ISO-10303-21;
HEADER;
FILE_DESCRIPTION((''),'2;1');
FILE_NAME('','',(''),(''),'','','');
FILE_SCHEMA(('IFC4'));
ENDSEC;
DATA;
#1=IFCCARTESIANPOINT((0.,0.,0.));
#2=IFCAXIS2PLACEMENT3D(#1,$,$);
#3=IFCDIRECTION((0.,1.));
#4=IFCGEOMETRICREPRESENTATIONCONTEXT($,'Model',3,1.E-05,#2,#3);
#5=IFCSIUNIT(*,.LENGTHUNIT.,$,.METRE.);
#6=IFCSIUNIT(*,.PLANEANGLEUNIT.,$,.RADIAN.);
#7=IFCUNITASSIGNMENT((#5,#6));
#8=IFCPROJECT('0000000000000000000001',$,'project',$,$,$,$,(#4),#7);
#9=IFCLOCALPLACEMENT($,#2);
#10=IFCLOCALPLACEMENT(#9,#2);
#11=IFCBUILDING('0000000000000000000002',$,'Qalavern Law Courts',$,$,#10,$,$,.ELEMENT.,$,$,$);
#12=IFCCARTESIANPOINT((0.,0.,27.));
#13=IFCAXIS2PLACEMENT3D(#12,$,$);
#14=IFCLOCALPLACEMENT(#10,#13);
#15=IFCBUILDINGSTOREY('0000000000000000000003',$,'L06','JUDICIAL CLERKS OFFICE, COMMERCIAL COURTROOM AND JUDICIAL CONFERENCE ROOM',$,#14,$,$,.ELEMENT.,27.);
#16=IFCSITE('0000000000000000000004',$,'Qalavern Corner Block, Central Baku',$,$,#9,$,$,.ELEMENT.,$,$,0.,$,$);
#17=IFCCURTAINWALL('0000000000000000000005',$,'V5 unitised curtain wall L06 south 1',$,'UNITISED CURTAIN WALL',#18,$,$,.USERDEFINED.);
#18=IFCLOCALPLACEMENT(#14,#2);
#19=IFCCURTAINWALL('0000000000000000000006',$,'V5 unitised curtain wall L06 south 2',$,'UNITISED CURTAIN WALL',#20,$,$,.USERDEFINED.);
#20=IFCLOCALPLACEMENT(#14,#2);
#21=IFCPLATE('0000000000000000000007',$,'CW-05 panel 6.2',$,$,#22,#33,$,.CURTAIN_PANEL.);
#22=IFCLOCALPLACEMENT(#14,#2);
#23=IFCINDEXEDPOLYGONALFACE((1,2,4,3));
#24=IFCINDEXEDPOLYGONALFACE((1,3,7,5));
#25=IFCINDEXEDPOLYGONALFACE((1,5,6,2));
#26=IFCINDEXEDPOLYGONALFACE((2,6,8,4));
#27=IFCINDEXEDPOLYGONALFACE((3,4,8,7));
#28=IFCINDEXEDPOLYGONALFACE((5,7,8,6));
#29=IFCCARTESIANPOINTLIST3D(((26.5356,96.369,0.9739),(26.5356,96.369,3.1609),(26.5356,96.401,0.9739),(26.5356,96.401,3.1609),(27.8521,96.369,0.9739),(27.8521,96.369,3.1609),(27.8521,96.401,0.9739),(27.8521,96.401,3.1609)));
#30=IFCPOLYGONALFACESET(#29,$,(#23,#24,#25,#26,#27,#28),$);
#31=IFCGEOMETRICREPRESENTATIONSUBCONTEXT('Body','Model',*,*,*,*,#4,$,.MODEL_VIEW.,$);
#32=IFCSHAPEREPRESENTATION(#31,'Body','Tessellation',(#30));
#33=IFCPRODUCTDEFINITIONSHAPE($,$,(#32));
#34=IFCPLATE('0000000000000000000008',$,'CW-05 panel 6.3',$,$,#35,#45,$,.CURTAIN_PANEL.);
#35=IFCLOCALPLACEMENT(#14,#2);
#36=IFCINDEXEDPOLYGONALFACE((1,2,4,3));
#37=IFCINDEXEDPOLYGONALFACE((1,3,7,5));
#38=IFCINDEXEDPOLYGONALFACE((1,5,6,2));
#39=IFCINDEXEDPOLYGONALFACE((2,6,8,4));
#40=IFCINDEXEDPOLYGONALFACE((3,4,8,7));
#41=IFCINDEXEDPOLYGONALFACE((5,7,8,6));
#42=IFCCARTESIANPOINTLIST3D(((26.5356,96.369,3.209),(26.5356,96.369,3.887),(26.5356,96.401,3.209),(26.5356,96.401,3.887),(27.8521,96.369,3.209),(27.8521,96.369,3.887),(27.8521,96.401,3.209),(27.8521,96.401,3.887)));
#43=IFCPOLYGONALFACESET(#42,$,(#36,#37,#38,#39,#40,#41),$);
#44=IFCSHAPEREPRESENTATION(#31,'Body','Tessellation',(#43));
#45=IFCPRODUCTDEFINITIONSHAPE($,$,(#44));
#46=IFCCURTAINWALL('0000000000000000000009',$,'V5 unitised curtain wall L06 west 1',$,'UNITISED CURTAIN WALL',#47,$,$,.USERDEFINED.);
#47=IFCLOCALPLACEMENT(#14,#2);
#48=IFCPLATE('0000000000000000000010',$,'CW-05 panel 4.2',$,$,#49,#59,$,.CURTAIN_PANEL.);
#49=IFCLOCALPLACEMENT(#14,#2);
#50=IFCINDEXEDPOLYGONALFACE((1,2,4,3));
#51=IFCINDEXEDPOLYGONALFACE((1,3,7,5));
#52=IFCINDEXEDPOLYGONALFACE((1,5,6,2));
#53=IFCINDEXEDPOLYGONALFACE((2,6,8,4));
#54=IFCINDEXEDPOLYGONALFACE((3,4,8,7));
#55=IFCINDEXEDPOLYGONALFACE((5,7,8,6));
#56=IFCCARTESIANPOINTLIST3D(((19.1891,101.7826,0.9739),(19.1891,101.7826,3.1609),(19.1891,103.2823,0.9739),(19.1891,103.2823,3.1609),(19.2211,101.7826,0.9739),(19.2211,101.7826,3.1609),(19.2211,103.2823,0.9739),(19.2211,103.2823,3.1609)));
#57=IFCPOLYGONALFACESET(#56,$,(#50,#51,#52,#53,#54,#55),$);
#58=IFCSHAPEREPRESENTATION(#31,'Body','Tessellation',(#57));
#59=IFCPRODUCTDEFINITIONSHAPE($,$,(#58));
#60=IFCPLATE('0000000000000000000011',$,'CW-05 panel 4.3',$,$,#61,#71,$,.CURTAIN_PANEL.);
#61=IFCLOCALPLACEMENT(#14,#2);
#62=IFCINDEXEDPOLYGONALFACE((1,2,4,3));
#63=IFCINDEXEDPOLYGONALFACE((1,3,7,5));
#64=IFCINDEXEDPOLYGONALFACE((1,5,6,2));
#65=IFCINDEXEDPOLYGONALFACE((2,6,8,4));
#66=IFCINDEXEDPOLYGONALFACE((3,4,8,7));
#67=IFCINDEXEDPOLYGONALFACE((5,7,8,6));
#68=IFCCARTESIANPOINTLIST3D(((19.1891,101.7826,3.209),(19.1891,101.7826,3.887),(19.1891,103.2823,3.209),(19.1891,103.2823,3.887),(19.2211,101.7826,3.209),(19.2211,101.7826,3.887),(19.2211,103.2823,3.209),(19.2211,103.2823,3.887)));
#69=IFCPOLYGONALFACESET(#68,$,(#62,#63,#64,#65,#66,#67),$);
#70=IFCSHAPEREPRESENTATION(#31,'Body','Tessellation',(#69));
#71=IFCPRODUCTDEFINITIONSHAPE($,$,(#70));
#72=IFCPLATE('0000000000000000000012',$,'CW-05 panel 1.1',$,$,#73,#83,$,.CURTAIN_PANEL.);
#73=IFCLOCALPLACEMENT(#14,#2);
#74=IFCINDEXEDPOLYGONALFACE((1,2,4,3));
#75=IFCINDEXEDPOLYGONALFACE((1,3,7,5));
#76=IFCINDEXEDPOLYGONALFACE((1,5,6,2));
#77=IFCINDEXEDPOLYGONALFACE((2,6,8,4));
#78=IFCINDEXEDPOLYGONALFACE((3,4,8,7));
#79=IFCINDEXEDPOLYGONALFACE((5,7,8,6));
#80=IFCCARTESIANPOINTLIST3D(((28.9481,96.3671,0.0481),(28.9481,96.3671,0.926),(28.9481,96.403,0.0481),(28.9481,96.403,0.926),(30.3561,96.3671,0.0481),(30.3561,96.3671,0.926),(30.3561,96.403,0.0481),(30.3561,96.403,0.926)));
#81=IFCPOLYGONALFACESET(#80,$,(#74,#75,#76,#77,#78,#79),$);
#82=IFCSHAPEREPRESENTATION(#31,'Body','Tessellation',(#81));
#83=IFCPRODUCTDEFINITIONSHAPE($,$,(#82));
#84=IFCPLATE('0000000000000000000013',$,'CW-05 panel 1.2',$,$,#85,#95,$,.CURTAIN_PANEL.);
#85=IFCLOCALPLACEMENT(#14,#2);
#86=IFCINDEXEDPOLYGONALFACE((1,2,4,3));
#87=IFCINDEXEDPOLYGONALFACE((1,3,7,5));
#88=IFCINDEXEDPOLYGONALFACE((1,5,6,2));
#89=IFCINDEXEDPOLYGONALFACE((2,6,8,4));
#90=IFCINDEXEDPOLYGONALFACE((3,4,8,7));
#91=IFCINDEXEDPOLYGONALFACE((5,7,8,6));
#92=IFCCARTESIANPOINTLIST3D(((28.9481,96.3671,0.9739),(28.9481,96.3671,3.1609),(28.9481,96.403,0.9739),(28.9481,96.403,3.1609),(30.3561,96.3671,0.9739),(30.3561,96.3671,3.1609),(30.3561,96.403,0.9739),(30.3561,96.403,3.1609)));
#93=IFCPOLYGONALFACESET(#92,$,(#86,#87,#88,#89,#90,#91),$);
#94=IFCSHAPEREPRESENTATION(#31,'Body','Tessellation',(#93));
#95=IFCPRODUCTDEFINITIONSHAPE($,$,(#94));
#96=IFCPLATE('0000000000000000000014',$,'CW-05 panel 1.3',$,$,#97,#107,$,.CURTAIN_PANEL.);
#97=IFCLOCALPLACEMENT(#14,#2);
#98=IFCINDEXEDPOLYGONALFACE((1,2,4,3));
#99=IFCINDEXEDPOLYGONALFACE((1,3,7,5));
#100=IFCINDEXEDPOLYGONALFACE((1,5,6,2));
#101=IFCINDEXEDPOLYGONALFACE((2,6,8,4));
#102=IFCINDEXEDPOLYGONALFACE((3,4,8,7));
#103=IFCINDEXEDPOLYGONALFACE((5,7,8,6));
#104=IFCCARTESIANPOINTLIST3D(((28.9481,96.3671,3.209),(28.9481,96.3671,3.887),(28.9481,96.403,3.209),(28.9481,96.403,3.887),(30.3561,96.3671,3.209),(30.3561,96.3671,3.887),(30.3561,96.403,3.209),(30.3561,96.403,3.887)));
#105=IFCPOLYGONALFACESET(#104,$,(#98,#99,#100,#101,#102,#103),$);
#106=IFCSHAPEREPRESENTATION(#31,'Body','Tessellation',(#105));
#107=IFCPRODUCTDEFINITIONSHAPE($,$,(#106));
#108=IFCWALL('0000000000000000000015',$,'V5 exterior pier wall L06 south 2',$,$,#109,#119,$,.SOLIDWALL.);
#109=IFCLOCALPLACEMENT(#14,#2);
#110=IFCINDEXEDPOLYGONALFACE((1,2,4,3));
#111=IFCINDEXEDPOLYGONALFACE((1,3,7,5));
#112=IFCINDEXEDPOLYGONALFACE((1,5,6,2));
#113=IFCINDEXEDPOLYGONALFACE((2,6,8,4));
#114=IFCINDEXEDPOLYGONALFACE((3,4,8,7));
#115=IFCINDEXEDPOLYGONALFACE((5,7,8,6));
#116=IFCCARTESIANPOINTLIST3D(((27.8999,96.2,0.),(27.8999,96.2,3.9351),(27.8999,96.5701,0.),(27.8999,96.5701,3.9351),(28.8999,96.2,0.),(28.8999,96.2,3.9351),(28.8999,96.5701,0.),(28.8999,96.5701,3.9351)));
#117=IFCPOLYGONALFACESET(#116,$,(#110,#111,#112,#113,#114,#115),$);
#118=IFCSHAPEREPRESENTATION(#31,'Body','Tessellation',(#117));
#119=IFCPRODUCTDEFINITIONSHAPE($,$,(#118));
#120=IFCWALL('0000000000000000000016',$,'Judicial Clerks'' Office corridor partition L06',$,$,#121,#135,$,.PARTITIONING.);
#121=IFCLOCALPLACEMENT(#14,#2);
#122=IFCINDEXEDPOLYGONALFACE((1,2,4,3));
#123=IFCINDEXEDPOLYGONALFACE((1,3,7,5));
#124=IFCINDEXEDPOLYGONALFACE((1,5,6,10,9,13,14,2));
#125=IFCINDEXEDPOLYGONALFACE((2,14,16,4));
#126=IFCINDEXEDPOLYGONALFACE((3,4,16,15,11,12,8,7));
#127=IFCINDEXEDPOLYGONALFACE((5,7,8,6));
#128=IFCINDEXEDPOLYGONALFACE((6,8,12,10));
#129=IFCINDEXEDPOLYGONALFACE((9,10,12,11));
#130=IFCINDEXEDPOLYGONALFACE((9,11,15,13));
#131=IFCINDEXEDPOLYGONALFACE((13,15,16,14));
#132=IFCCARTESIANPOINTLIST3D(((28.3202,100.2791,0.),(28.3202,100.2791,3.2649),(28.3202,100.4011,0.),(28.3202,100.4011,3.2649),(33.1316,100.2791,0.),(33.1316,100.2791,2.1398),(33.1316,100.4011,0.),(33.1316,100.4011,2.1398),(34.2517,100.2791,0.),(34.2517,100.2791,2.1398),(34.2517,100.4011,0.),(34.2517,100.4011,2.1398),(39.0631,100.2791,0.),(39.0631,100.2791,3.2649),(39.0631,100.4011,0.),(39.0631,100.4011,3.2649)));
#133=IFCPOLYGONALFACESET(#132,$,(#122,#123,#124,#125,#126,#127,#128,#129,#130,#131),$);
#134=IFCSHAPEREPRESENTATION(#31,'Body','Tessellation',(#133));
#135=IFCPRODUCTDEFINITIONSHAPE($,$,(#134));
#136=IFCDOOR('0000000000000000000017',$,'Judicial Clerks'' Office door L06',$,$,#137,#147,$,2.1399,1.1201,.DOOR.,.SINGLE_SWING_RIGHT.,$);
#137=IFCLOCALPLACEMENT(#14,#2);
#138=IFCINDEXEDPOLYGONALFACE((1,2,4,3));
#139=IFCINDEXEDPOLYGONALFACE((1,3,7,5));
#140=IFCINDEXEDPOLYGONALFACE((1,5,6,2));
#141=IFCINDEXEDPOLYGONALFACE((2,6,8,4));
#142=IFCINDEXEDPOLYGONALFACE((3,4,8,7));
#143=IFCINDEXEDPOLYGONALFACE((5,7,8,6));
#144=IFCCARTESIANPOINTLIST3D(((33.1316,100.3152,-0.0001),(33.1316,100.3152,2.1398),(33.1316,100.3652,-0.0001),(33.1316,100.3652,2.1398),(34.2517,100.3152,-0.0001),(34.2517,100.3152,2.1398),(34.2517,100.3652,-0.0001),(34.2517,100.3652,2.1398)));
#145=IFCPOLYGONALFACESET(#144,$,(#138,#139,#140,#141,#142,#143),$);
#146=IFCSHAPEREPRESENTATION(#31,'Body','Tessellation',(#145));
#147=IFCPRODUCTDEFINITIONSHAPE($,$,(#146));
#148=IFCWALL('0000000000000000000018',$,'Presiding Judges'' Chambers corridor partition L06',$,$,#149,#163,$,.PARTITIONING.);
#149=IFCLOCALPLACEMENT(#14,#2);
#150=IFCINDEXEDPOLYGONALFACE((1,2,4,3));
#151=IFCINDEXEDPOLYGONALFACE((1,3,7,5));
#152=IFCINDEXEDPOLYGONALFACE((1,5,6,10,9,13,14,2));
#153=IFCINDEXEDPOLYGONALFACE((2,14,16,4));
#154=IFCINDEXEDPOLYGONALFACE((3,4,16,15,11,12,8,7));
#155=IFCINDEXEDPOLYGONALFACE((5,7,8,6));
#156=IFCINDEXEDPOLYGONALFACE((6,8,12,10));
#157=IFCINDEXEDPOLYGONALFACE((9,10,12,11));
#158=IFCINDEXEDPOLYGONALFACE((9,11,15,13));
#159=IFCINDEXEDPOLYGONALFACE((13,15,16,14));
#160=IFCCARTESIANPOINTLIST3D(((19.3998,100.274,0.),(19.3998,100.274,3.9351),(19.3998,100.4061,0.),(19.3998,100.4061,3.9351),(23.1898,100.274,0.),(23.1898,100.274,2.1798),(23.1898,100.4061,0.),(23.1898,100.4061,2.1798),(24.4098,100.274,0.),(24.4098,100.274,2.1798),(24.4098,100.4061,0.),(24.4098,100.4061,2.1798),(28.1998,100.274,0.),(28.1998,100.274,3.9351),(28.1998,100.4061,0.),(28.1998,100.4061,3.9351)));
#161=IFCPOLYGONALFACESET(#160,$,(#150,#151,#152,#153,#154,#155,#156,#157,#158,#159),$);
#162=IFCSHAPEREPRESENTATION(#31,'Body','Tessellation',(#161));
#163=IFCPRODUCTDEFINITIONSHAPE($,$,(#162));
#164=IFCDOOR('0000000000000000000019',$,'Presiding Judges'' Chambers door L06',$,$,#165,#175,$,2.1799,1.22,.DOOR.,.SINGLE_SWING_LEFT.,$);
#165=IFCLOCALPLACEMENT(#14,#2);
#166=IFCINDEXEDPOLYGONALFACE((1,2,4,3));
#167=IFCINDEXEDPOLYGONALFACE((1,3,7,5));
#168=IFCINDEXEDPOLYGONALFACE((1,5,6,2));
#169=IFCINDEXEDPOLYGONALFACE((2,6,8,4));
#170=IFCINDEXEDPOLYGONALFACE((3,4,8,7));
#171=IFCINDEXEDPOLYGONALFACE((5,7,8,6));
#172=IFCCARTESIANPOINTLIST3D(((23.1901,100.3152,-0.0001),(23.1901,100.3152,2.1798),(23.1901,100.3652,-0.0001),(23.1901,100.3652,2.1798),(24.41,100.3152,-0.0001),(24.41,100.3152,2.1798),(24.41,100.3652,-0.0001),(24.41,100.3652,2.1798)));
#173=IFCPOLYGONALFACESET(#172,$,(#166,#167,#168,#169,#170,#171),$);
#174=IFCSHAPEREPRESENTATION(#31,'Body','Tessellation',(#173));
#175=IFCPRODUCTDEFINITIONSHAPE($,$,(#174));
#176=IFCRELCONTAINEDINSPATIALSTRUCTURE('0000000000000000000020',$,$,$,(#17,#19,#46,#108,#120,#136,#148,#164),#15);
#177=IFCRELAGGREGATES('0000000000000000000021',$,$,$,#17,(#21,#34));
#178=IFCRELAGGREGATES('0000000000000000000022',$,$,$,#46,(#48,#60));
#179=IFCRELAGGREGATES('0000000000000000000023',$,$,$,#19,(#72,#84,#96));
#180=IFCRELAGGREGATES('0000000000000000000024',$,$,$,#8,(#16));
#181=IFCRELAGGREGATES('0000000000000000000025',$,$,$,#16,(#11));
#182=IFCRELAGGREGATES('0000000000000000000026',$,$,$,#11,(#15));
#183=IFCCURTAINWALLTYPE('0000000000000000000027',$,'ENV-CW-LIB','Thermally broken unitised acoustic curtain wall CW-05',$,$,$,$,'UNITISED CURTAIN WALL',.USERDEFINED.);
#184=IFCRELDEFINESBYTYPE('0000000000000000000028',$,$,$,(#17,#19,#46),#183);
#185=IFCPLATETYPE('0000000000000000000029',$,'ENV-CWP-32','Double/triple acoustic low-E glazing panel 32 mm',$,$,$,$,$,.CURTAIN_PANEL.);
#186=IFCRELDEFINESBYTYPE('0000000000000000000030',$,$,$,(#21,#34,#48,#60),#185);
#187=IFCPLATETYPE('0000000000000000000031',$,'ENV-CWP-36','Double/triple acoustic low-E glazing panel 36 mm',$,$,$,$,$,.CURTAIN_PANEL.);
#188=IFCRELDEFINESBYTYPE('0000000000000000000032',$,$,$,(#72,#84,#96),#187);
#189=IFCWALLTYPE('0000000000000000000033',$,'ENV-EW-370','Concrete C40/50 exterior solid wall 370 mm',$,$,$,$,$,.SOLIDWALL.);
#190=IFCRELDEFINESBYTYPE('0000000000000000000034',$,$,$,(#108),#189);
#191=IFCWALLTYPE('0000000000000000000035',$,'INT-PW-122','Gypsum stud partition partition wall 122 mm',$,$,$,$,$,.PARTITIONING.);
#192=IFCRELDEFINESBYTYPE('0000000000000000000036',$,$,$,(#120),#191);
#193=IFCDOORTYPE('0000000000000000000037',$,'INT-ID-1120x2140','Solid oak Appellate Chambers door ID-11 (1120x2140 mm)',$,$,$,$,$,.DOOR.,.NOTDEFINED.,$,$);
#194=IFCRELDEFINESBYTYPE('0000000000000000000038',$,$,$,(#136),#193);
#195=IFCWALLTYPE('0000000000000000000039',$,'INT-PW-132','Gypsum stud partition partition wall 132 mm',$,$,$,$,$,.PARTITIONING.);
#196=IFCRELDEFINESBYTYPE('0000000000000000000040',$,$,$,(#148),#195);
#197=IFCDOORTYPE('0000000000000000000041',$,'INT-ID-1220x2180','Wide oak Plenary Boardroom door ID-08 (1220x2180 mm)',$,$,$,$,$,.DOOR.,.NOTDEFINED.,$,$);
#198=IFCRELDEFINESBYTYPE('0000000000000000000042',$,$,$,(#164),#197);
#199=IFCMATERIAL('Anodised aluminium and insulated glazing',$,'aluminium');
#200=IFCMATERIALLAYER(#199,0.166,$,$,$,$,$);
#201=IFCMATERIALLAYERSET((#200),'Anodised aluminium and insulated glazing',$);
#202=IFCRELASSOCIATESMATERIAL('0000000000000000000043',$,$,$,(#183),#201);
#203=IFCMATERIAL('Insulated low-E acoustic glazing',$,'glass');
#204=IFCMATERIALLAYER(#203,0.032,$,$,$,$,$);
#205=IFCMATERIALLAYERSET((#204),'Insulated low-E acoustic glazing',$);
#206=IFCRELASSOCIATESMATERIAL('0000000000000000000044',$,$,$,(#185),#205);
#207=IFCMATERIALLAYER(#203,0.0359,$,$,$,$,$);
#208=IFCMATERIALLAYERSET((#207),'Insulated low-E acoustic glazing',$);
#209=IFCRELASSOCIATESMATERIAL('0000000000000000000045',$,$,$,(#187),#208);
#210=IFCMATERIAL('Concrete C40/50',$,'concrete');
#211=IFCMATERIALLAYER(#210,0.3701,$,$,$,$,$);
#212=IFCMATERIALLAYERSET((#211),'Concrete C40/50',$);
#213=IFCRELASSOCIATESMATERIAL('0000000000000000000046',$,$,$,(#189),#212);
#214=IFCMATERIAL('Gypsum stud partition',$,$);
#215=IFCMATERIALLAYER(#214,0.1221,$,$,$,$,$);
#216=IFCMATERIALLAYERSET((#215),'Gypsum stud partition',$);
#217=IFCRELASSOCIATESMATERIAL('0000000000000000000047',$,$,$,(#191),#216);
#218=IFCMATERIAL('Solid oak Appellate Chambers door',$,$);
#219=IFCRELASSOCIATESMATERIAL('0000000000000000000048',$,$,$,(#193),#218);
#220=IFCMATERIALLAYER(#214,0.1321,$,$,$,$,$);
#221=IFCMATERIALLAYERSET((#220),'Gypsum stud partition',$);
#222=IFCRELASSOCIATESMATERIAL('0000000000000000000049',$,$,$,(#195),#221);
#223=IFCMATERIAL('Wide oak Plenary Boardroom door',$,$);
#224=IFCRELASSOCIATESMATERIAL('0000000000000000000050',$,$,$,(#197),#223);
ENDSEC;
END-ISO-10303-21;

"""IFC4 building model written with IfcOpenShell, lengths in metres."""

from ifc_helpers import new_model, si_unit, direction, frame, frame_2d, origin, origin_2d, place, context, subcontext, project, spatial, rectangle, extrude, material, layer, layer_set, type_object, element, fill, aggregate, save


model = new_model("IFC4")

# Units and contexts
model_context = context("Model", 3, precision=1e-05, world=origin(), true_north=direction((0.0, 1.0)))
body_context = subcontext(model_context, "Body", "Model", "MODEL_VIEW")
ifc_project = project(units=[si_unit("LENGTHUNIT", "METRE"), si_unit("PLANEANGLEUNIT", "RADIAN")], contexts=[model_context])

# Site, building, storey
site_placement = place(None, origin())
site = spatial("IfcSite", under=ifc_project, at=site_placement, Name="Qalavern Corner Block, Central Baku", CompositionType="ELEMENT", RefElevation=0.0)
building_placement = place(site_placement, origin())
building = spatial("IfcBuilding", under=site, at=building_placement, Name="Qalavern Law Courts", CompositionType="ELEMENT")
storey_placement = place(building_placement, frame((0.0, 0.0, 27.0)))
storey = spatial("IfcBuildingStorey", under=building, at=storey_placement, Name="L06", Description="JUDICIAL CLERKS OFFICE, COMMERCIAL COURTROOM AND JUDICIAL CONFERENCE ROOM", CompositionType="ELEMENT", Elevation=27.0)

# Curtain walls
ifc_material_1 = material(Name="Anodised aluminium and insulated glazing", Category="aluminium")
ifc_layer_1 = layer(ifc_material_1, 0.166)
ifc_layer_set_1 = layer_set([ifc_layer_1], Name="Anodised aluminium and insulated glazing")
curtain_wall_type = type_object("IfcCurtainWallType", Name="ENV-CW-LIB", Description="Thermally broken unitised acoustic curtain wall CW-05", ElementType="UNITISED CURTAIN WALL", PredefinedType="USERDEFINED", material=ifc_layer_set_1)
curtain_wall_1_placement = place(storey_placement, origin())
curtain_wall_1 = element("IfcCurtainWall", 1, at=curtain_wall_1_placement, inside=storey, type_object=curtain_wall_type, Name="V5 unitised curtain wall L06 south 1", ObjectType="UNITISED CURTAIN WALL", PredefinedType="USERDEFINED")
curtain_wall_2_placement = place(storey_placement, origin())
curtain_wall_2 = element("IfcCurtainWall", 2, at=curtain_wall_2_placement, inside=storey, type_object=curtain_wall_type, Name="V5 unitised curtain wall L06 south 2", ObjectType="UNITISED CURTAIN WALL", PredefinedType="USERDEFINED")

# Shared definitions
ifc_material_2 = material(Name="Concrete C40/50", Category="concrete")

# Plates
ifc_material_3 = material(Name="Insulated low-E acoustic glazing", Category="glass")
ifc_layer_2 = layer(ifc_material_3, 0.032)
ifc_layer_set_2 = layer_set([ifc_layer_2], Name="Insulated low-E acoustic glazing")
plate_type_1 = type_object("IfcPlateType", Name="ENV-CWP-32", Description="Double/triple acoustic low-E glazing panel 32 mm", PredefinedType="CURTAIN_PANEL", material=ifc_layer_set_2)
plate_1_placement = place(storey_placement, frame((27.1938, 96.385, 0.9739), z_axis=(0.0, 0.0, 1.0), x_axis=(1.0, 0.0, 0.0)))
plate_1 = element("IfcPlate", 3, at=plate_1_placement, type_object=plate_type_1, Name="CW-05 panel 6.2", PredefinedType="CURTAIN_PANEL", context=body_context, shape_type="SweptSolid", body=[
    extrude(rectangle(XDim=1.3164, YDim=0.032, at=origin_2d()), origin(), (0.0, 0.0, 1.0), 2.187),
])
plate_2_placement = place(storey_placement, frame((27.1938, 96.385, 3.209), z_axis=(0.0, 0.0, 1.0), x_axis=(1.0, 0.0, 0.0)))
plate_2 = element("IfcPlate", 4, at=plate_2_placement, type_object=plate_type_1, Name="CW-05 panel 6.3", PredefinedType="CURTAIN_PANEL", context=body_context, shape_type="SweptSolid", body=[
    extrude(rectangle(XDim=1.3164, YDim=0.032, at=origin_2d()), origin(), (0.0, 0.0, 1.0), 0.678),
])
aggregate(curtain_wall_1, [plate_1, plate_2])

# Curtain wall, plates
curtain_wall_3_placement = place(storey_placement, origin())
curtain_wall_3 = element("IfcCurtainWall", 5, at=curtain_wall_3_placement, inside=storey, type_object=curtain_wall_type, Name="V5 unitised curtain wall L06 west 1", ObjectType="UNITISED CURTAIN WALL", PredefinedType="USERDEFINED")
plate_3_placement = place(storey_placement, frame((19.2051, 102.5325, 0.9739), z_axis=(0.0, 0.0, 1.0), x_axis=(0.0, -1.0, 0.0)))
plate_3 = element("IfcPlate", 6, at=plate_3_placement, type_object=plate_type_1, Name="CW-05 panel 4.2", PredefinedType="CURTAIN_PANEL", context=body_context, shape_type="SweptSolid", body=[
    extrude(rectangle(XDim=1.4998, YDim=0.032, at=origin_2d()), origin(), (0.0, 0.0, 1.0), 2.187),
])
plate_4_placement = place(storey_placement, frame((19.2051, 102.5325, 3.209), z_axis=(0.0, 0.0, 1.0), x_axis=(0.0, -1.0, 0.0)))
plate_4 = element("IfcPlate", 7, at=plate_4_placement, type_object=plate_type_1, Name="CW-05 panel 4.3", PredefinedType="CURTAIN_PANEL", context=body_context, shape_type="SweptSolid", body=[
    extrude(rectangle(XDim=1.4998, YDim=0.032, at=origin_2d()), origin(), (0.0, 0.0, 1.0), 0.678),
])
aggregate(curtain_wall_3, [plate_3, plate_4])

# Plates
ifc_layer_3 = layer(ifc_material_3, 0.0359)
ifc_layer_set_3 = layer_set([ifc_layer_3], Name="Insulated low-E acoustic glazing")
plate_type_2 = type_object("IfcPlateType", Name="ENV-CWP-36", Description="Double/triple acoustic low-E glazing panel 36 mm", PredefinedType="CURTAIN_PANEL", material=ifc_layer_set_3)
plate_5_placement = place(storey_placement, frame((29.6521, 96.385, 0.0481), z_axis=(0.0, 0.0, 1.0), x_axis=(1.0, 0.0, 0.0)))
plate_5 = element("IfcPlate", 8, at=plate_5_placement, type_object=plate_type_2, Name="CW-05 panel 1.1", PredefinedType="CURTAIN_PANEL", context=body_context, shape_type="SweptSolid", body=[
    extrude(rectangle(XDim=1.408, YDim=0.0359, at=origin_2d()), origin(), (0.0, 0.0, 1.0), 0.8779),
])
plate_6_placement = place(storey_placement, frame((29.6521, 96.385, 0.9739), z_axis=(0.0, 0.0, 1.0), x_axis=(1.0, 0.0, 0.0)))
plate_6 = element("IfcPlate", 9, at=plate_6_placement, type_object=plate_type_2, Name="CW-05 panel 1.2", PredefinedType="CURTAIN_PANEL", context=body_context, shape_type="SweptSolid", body=[
    extrude(rectangle(XDim=1.408, YDim=0.0359, at=origin_2d()), origin(), (0.0, 0.0, 1.0), 2.187),
])
plate_7_placement = place(storey_placement, frame((29.6521, 96.385, 3.209), z_axis=(0.0, 0.0, 1.0), x_axis=(1.0, 0.0, 0.0)))
plate_7 = element("IfcPlate", 10, at=plate_7_placement, type_object=plate_type_2, Name="CW-05 panel 1.3", PredefinedType="CURTAIN_PANEL", context=body_context, shape_type="SweptSolid", body=[
    extrude(rectangle(XDim=1.408, YDim=0.0359, at=origin_2d()), origin(), (0.0, 0.0, 1.0), 0.678),
])
aggregate(curtain_wall_2, [plate_5, plate_6, plate_7])

# Wall
ifc_layer_4 = layer(ifc_material_2, 0.3701)
ifc_layer_set_4 = layer_set([ifc_layer_4], Name="Concrete C40/50")
wall_type_1 = type_object("IfcWallType", Name="ENV-EW-370", Description="Concrete C40/50 exterior solid wall 370 mm", PredefinedType="SOLIDWALL", material=ifc_layer_set_4)
wall_1_placement = place(storey_placement, frame((27.8999, 96.385, 0.0), z_axis=(0.0, 0.0, 1.0), x_axis=(1.0, 0.0, 0.0)))
element("IfcWall", 11, at=wall_1_placement, inside=storey, type_object=wall_type_1, Name="V5 exterior pier wall L06 south 2", PredefinedType="SOLIDWALL", context=body_context, shape_type="SweptSolid", body=[
    extrude(rectangle(XDim=1.0, YDim=0.3701, at=frame_2d((0.5, 0.0))), origin(), (0.0, 0.0, 1.0), 3.9351),
])

# Walls, openings, doors
ifc_material_4 = material(Name="Gypsum stud partition")
ifc_layer_5 = layer(ifc_material_4, 0.1221)
ifc_layer_set_5 = layer_set([ifc_layer_5], Name="Gypsum stud partition")
wall_type_2 = type_object("IfcWallType", Name="INT-PW-122", Description="Gypsum stud partition partition wall 122 mm", PredefinedType="PARTITIONING", material=ifc_layer_set_5)
wall_2_placement = place(storey_placement, frame((28.3201, 100.3401, 0.0), z_axis=(0.0, 0.0, 1.0), x_axis=(1.0, 0.0, 0.0)))
wall_2 = element("IfcWall", 12, at=wall_2_placement, inside=storey, type_object=wall_type_2, Name="Judicial Clerks' Office corridor partition L06", PredefinedType="PARTITIONING", context=body_context, shape_type="SweptSolid", body=[
    extrude(rectangle(XDim=10.7429, YDim=0.1221, at=frame_2d((5.3716, 0.0))), origin(), (0.0, 0.0, 1.0), 3.2649),
])
opening_1_placement = place(wall_2_placement, frame((4.8115, 0.0, 0.0)))
opening_1 = element("IfcOpeningElement", 13, at=opening_1_placement, cuts=wall_2, PredefinedType="OPENING", context=body_context, shape_type="SweptSolid", body=[
    extrude(rectangle(XDim=1.1201, YDim=2.1399, at=frame_2d((0.5601, 1.0698))), frame((0.0, 0.0759, 0.0), z_axis=(0.0, -1.0, 0.0), x_axis=(1.0, 0.0, 0.0)), (0.0, 0.0, 1.0), 0.1519),
])
ifc_material_5 = material(Name="Solid oak Appellate Chambers door")
door_type_1 = type_object("IfcDoorType", Name="INT-ID-1120x2140", Description="Solid oak Appellate Chambers door ID-11 (1120x2140 mm)", OperationType="NOTDEFINED", PredefinedType="DOOR", material=ifc_material_5)
door_1_placement = place(opening_1_placement, frame((1.1201, 0.0, 0.0), z_axis=(0.0, 0.0, 1.0), x_axis=(-1.0, 0.0, 0.0)))
door_1 = element("IfcDoor", 14, at=door_1_placement, inside=storey, type_object=door_type_1, Name="Judicial Clerks' Office door L06", OperationType="SINGLE_SWING_RIGHT", OverallHeight=2.1399, OverallWidth=1.1201, PredefinedType="DOOR", context=body_context, shape_type="SweptSolid", body=[
    extrude(rectangle(XDim=1.1201, YDim=2.1399, at=frame_2d((0.5601, 1.0698))), frame((0.0, 0.0249, 0.0), z_axis=(0.0, -1.0, 0.0), x_axis=(1.0, 0.0, 0.0)), (0.0, 0.0, 1.0), 0.05),
])
fill(opening_1, door_1)
ifc_layer_6 = layer(ifc_material_4, 0.1321)
ifc_layer_set_6 = layer_set([ifc_layer_6], Name="Gypsum stud partition")
wall_type_3 = type_object("IfcWallType", Name="INT-PW-132", Description="Gypsum stud partition partition wall 132 mm", PredefinedType="PARTITIONING", material=ifc_layer_set_6)
wall_3_placement = place(storey_placement, frame((19.3999, 100.3401, 0.0), z_axis=(0.0, 0.0, 1.0), x_axis=(1.0, 0.0, 0.0)))
wall_3 = element("IfcWall", 15, at=wall_3_placement, inside=storey, type_object=wall_type_3, Name="Presiding Judges' Chambers corridor partition L06", PredefinedType="PARTITIONING", context=body_context, shape_type="SweptSolid", body=[
    extrude(rectangle(XDim=8.8, YDim=0.1321, at=frame_2d((4.3999, 0.0))), origin(), (0.0, 0.0, 1.0), 3.9351),
])
opening_2_placement = place(wall_3_placement, frame((3.79, 0.0, 0.0)))
opening_2 = element("IfcOpeningElement", 16, at=opening_2_placement, cuts=wall_3, PredefinedType="OPENING", context=body_context, shape_type="SweptSolid", body=[
    extrude(rectangle(XDim=1.22, YDim=2.1799, at=frame_2d((0.6099, 1.0898))), frame((0.0, 0.0811, 0.0), z_axis=(0.0, -1.0, 0.0), x_axis=(1.0, 0.0, 0.0)), (0.0, 0.0, 1.0), 0.1619),
])
ifc_material_6 = material(Name="Wide oak Plenary Boardroom door")
door_type_2 = type_object("IfcDoorType", Name="INT-ID-1220x2180", Description="Wide oak Plenary Boardroom door ID-08 (1220x2180 mm)", OperationType="NOTDEFINED", PredefinedType="DOOR", material=ifc_material_6)
door_2_placement = place(opening_2_placement, frame((1.22, 0.0, 0.0), z_axis=(0.0, 0.0, 1.0), x_axis=(-1.0, 0.0, 0.0)))
door_2 = element("IfcDoor", 17, at=door_2_placement, inside=storey, type_object=door_type_2, Name="Presiding Judges' Chambers door L06", OperationType="SINGLE_SWING_LEFT", OverallHeight=2.1799, OverallWidth=1.22, PredefinedType="DOOR", context=body_context, shape_type="SweptSolid", body=[
    extrude(rectangle(XDim=1.22, YDim=2.1799, at=frame_2d((0.6099, 1.0898))), frame((0.0, 0.0249, 0.0), z_axis=(0.0, -1.0, 0.0), x_axis=(1.0, 0.0, 0.0)), (0.0, 0.0, 1.0), 0.05),
])
fill(opening_2, door_2)

save(model, "model.ifc")
